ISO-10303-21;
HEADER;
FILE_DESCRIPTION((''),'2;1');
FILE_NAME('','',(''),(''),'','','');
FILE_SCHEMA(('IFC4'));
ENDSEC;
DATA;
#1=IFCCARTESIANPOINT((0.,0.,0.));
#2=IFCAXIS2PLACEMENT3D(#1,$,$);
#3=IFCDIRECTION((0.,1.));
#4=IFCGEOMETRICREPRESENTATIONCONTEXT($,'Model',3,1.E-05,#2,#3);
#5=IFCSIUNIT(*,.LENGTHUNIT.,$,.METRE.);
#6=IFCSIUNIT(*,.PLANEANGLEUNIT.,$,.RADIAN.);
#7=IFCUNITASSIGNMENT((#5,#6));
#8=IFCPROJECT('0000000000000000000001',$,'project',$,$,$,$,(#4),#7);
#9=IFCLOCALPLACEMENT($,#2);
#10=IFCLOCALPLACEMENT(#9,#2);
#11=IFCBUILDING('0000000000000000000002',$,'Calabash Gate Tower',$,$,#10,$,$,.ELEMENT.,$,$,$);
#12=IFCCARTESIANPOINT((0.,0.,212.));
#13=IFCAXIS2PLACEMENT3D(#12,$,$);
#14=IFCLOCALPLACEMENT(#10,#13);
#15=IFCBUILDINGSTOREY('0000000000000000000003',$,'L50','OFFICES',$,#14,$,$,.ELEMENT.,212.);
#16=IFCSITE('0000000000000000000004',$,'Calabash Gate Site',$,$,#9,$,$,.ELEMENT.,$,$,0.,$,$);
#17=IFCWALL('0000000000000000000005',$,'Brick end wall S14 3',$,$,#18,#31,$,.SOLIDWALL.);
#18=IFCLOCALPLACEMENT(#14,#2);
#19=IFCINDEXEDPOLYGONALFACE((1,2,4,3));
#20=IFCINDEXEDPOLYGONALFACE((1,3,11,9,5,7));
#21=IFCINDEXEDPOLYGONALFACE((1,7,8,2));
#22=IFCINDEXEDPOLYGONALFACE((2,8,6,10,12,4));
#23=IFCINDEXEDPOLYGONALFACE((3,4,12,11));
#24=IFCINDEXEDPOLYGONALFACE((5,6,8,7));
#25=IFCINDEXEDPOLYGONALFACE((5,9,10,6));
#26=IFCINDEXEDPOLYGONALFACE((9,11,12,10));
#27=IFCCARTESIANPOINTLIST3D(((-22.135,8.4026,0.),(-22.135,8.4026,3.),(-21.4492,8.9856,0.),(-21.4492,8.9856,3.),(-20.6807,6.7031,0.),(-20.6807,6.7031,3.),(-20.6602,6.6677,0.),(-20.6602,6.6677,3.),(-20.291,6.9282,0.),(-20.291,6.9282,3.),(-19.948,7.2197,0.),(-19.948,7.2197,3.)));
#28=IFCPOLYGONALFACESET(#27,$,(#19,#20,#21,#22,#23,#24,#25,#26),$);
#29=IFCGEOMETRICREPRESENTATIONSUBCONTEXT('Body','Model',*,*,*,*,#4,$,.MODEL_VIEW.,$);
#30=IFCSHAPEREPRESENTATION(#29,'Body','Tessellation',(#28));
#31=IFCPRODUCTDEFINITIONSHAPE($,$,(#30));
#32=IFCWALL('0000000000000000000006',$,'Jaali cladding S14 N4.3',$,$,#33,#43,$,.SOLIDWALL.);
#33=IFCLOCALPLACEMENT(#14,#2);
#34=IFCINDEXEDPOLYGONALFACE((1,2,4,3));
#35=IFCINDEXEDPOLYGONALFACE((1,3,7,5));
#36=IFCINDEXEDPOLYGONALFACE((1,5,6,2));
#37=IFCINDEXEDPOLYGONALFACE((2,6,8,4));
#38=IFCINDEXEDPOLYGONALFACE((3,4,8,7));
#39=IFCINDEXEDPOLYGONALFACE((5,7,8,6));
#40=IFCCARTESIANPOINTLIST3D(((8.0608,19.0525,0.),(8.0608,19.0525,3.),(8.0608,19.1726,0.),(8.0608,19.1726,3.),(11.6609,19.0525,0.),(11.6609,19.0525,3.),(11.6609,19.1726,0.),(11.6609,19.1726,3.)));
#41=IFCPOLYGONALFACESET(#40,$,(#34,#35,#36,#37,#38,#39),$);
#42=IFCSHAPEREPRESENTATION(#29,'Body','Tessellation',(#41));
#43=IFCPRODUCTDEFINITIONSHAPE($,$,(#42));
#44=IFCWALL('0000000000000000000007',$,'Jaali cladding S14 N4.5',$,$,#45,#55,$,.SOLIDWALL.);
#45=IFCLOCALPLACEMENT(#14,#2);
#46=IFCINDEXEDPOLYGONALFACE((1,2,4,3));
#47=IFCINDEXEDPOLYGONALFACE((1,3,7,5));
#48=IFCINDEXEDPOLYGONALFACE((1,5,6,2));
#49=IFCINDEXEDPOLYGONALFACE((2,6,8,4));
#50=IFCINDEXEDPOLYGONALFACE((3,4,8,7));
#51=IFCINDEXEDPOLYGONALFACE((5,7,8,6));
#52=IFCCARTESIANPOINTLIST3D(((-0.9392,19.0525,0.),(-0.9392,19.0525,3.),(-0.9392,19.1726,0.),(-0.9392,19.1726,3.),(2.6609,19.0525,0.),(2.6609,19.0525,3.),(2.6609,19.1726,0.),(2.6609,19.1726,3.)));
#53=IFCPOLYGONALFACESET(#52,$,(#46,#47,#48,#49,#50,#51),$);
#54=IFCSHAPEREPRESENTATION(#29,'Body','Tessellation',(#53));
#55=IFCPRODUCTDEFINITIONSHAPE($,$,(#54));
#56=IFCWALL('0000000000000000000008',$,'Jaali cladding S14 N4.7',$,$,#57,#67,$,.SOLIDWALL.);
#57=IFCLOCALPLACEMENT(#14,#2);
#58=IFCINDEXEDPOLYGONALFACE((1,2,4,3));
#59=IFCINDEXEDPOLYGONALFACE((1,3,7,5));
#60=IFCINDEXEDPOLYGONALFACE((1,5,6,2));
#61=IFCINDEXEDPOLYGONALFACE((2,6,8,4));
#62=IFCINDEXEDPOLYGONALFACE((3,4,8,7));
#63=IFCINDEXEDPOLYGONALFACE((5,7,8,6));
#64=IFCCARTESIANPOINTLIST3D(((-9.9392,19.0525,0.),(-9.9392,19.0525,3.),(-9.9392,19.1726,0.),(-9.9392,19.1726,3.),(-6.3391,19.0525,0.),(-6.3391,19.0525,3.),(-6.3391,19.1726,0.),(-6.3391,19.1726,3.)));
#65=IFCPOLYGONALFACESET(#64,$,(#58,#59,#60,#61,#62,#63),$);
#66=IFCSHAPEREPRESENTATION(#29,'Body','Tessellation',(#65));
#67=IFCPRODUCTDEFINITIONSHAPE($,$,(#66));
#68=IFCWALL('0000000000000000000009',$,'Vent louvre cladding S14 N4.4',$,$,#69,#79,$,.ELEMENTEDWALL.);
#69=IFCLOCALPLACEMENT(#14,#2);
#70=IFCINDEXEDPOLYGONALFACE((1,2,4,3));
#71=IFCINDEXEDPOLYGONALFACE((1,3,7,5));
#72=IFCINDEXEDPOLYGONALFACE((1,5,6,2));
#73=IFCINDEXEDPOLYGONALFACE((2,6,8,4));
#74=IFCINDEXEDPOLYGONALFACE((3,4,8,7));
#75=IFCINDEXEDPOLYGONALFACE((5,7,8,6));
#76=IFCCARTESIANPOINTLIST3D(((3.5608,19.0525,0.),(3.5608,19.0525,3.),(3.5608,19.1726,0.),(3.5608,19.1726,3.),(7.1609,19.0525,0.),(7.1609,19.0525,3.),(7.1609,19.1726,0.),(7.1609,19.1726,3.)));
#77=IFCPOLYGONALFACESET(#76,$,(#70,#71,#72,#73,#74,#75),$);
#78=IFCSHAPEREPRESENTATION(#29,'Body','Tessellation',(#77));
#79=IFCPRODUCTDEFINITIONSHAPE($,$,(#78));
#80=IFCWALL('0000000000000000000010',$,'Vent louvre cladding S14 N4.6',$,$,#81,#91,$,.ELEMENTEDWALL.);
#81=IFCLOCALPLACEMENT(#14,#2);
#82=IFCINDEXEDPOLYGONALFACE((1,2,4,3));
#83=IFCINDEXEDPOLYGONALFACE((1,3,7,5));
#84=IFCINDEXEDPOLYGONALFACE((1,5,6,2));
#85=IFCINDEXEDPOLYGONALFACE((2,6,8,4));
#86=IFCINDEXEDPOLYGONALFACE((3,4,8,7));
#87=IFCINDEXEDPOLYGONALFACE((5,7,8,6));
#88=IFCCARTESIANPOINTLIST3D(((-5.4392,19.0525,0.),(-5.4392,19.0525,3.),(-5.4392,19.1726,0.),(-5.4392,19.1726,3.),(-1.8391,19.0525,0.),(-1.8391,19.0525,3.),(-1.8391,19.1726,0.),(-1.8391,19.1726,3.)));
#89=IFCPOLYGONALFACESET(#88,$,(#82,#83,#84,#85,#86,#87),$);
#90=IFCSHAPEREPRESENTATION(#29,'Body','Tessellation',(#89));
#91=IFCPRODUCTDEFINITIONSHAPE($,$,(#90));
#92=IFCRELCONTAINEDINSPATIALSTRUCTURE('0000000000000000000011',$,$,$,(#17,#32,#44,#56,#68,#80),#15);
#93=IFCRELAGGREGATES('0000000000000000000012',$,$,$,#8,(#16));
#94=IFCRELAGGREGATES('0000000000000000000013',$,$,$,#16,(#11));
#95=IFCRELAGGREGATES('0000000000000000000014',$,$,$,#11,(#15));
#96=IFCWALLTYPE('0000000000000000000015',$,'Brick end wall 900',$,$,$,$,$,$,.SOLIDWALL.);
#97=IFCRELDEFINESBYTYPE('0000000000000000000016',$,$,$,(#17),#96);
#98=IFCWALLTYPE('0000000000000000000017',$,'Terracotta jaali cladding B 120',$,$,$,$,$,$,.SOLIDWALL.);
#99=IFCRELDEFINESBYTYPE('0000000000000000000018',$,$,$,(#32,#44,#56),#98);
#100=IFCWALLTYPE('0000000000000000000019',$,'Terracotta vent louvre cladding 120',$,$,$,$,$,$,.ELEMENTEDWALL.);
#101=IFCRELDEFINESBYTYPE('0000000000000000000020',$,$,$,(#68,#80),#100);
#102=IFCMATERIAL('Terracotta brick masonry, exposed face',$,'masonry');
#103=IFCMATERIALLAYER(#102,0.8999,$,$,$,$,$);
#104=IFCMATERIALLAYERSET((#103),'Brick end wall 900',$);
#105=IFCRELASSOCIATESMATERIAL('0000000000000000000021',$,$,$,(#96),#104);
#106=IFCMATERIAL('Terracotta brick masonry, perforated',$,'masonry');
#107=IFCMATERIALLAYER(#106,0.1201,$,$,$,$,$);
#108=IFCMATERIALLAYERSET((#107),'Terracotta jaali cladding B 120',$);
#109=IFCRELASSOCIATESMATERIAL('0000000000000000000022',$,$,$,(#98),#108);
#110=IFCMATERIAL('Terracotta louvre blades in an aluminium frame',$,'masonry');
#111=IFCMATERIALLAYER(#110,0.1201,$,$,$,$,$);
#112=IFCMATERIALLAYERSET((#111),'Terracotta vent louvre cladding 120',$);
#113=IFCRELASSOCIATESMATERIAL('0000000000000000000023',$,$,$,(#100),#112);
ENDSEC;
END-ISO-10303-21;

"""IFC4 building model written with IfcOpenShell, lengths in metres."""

from ifc_helpers import new_model, si_unit, direction, frame, origin, place, context, subcontext, project, spatial, polyline, outline, extrude, material, layer, layer_set, type_object, element, save


model = new_model("IFC4")

# Units and contexts
model_context = context("Model", 3, precision=1e-05, world=origin(), true_north=direction((0.0, 1.0)))
body_context = subcontext(model_context, "Body", "Model", "MODEL_VIEW")
ifc_project = project(units=[si_unit("LENGTHUNIT", "METRE"), si_unit("PLANEANGLEUNIT", "RADIAN")], contexts=[model_context])

# Site, building, storey
site_placement = place(None, origin())
site = spatial("IfcSite", under=ifc_project, at=site_placement, Name="Calabash Gate Site", CompositionType="ELEMENT", RefElevation=0.0)
building_placement = place(site_placement, origin())
building = spatial("IfcBuilding", under=site, at=building_placement, Name="Calabash Gate Tower", CompositionType="ELEMENT")
storey_placement = place(building_placement, frame((0.0, 0.0, 212.0)))
storey = spatial("IfcBuildingStorey", under=building, at=storey_placement, Name="L50", Description="OFFICES", CompositionType="ELEMENT", Elevation=212.0)

# Walls
ifc_material_1 = material(Name="Terracotta brick masonry, exposed face", Category="masonry")
ifc_layer_1 = layer(ifc_material_1, 0.8999)
ifc_layer_set_1 = layer_set([ifc_layer_1], Name="Brick end wall 900")
wall_type_1 = type_object("IfcWallType", Name="Brick end wall 900", PredefinedType="SOLIDWALL", material=ifc_layer_set_1)
wall_1_placement = place(storey_placement, origin())
element("IfcWall", 1, at=wall_1_placement, inside=storey, type_object=wall_type_1, Name="Brick end wall S14 3", PredefinedType="SOLIDWALL", context=body_context, shape_type="SweptSolid", body=[
    extrude(outline(polyline([(-19.948, 7.2197), (-21.4492, 8.9856), (-22.135, 8.4026), (-20.6602, 6.6677), (-20.6807, 6.7031), (-20.291, 6.9282), (-19.948, 7.2197)])), origin(), (0.0, 0.0, 1.0), 3.0),
])
ifc_material_2 = material(Name="Terracotta brick masonry, perforated", Category="masonry")
ifc_layer_2 = layer(ifc_material_2, 0.1201)
ifc_layer_set_2 = layer_set([ifc_layer_2], Name="Terracotta jaali cladding B 120")
wall_type_2 = type_object("IfcWallType", Name="Terracotta jaali cladding B 120", PredefinedType="SOLIDWALL", material=ifc_layer_set_2)
wall_2_placement = place(storey_placement, origin())
element("IfcWall", 2, at=wall_2_placement, inside=storey, type_object=wall_type_2, Name="Jaali cladding S14 N4.3", PredefinedType="SOLIDWALL", context=body_context, shape_type="SweptSolid", body=[
    extrude(outline(polyline([(8.0608, 19.1726), (8.0608, 19.0525), (11.6609, 19.0525), (11.6609, 19.1726), (8.0608, 19.1726)])), origin(), (0.0, 0.0, 1.0), 3.0),
])
wall_3_placement = place(storey_placement, origin())
element("IfcWall", 3, at=wall_3_placement, inside=storey, type_object=wall_type_2, Name="Jaali cladding S14 N4.5", PredefinedType="SOLIDWALL", context=body_context, shape_type="SweptSolid", body=[
    extrude(outline(polyline([(-0.9392, 19.1726), (-0.9392, 19.0525), (2.6609, 19.0525), (2.6609, 19.1726), (-0.9392, 19.1726)])), origin(), (0.0, 0.0, 1.0), 3.0),
])
wall_4_placement = place(storey_placement, origin())
element("IfcWall", 4, at=wall_4_placement, inside=storey, type_object=wall_type_2, Name="Jaali cladding S14 N4.7", PredefinedType="SOLIDWALL", context=body_context, shape_type="SweptSolid", body=[
    extrude(outline(polyline([(-9.9392, 19.1726), (-9.9392, 19.0525), (-6.3391, 19.0525), (-6.3391, 19.1726), (-9.9392, 19.1726)])), origin(), (0.0, 0.0, 1.0), 3.0),
])
ifc_material_3 = material(Name="Terracotta louvre blades in an aluminium frame", Category="masonry")
ifc_layer_3 = layer(ifc_material_3, 0.1201)
ifc_layer_set_3 = layer_set([ifc_layer_3], Name="Terracotta vent louvre cladding 120")
wall_type_3 = type_object("IfcWallType", Name="Terracotta vent louvre cladding 120", PredefinedType="ELEMENTEDWALL", material=ifc_layer_set_3)
wall_5_placement = place(storey_placement, origin())
element("IfcWall", 5, at=wall_5_placement, inside=storey, type_object=wall_type_3, Name="Vent louvre cladding S14 N4.4", PredefinedType="ELEMENTEDWALL", context=body_context, shape_type="SweptSolid", body=[
    extrude(outline(polyline([(3.5608, 19.1726), (3.5608, 19.0525), (7.1609, 19.0525), (7.1609, 19.1726), (3.5608, 19.1726)])), origin(), (0.0, 0.0, 1.0), 3.0),
])
wall_6_placement = place(storey_placement, origin())
element("IfcWall", 6, at=wall_6_placement, inside=storey, type_object=wall_type_3, Name="Vent louvre cladding S14 N4.6", PredefinedType="ELEMENTEDWALL", context=body_context, shape_type="SweptSolid", body=[
    extrude(outline(polyline([(-5.4392, 19.1726), (-5.4392, 19.0525), (-1.8391, 19.0525), (-1.8391, 19.1726), (-5.4392, 19.1726)])), origin(), (0.0, 0.0, 1.0), 3.0),
])

save(model, "model.ifc")
